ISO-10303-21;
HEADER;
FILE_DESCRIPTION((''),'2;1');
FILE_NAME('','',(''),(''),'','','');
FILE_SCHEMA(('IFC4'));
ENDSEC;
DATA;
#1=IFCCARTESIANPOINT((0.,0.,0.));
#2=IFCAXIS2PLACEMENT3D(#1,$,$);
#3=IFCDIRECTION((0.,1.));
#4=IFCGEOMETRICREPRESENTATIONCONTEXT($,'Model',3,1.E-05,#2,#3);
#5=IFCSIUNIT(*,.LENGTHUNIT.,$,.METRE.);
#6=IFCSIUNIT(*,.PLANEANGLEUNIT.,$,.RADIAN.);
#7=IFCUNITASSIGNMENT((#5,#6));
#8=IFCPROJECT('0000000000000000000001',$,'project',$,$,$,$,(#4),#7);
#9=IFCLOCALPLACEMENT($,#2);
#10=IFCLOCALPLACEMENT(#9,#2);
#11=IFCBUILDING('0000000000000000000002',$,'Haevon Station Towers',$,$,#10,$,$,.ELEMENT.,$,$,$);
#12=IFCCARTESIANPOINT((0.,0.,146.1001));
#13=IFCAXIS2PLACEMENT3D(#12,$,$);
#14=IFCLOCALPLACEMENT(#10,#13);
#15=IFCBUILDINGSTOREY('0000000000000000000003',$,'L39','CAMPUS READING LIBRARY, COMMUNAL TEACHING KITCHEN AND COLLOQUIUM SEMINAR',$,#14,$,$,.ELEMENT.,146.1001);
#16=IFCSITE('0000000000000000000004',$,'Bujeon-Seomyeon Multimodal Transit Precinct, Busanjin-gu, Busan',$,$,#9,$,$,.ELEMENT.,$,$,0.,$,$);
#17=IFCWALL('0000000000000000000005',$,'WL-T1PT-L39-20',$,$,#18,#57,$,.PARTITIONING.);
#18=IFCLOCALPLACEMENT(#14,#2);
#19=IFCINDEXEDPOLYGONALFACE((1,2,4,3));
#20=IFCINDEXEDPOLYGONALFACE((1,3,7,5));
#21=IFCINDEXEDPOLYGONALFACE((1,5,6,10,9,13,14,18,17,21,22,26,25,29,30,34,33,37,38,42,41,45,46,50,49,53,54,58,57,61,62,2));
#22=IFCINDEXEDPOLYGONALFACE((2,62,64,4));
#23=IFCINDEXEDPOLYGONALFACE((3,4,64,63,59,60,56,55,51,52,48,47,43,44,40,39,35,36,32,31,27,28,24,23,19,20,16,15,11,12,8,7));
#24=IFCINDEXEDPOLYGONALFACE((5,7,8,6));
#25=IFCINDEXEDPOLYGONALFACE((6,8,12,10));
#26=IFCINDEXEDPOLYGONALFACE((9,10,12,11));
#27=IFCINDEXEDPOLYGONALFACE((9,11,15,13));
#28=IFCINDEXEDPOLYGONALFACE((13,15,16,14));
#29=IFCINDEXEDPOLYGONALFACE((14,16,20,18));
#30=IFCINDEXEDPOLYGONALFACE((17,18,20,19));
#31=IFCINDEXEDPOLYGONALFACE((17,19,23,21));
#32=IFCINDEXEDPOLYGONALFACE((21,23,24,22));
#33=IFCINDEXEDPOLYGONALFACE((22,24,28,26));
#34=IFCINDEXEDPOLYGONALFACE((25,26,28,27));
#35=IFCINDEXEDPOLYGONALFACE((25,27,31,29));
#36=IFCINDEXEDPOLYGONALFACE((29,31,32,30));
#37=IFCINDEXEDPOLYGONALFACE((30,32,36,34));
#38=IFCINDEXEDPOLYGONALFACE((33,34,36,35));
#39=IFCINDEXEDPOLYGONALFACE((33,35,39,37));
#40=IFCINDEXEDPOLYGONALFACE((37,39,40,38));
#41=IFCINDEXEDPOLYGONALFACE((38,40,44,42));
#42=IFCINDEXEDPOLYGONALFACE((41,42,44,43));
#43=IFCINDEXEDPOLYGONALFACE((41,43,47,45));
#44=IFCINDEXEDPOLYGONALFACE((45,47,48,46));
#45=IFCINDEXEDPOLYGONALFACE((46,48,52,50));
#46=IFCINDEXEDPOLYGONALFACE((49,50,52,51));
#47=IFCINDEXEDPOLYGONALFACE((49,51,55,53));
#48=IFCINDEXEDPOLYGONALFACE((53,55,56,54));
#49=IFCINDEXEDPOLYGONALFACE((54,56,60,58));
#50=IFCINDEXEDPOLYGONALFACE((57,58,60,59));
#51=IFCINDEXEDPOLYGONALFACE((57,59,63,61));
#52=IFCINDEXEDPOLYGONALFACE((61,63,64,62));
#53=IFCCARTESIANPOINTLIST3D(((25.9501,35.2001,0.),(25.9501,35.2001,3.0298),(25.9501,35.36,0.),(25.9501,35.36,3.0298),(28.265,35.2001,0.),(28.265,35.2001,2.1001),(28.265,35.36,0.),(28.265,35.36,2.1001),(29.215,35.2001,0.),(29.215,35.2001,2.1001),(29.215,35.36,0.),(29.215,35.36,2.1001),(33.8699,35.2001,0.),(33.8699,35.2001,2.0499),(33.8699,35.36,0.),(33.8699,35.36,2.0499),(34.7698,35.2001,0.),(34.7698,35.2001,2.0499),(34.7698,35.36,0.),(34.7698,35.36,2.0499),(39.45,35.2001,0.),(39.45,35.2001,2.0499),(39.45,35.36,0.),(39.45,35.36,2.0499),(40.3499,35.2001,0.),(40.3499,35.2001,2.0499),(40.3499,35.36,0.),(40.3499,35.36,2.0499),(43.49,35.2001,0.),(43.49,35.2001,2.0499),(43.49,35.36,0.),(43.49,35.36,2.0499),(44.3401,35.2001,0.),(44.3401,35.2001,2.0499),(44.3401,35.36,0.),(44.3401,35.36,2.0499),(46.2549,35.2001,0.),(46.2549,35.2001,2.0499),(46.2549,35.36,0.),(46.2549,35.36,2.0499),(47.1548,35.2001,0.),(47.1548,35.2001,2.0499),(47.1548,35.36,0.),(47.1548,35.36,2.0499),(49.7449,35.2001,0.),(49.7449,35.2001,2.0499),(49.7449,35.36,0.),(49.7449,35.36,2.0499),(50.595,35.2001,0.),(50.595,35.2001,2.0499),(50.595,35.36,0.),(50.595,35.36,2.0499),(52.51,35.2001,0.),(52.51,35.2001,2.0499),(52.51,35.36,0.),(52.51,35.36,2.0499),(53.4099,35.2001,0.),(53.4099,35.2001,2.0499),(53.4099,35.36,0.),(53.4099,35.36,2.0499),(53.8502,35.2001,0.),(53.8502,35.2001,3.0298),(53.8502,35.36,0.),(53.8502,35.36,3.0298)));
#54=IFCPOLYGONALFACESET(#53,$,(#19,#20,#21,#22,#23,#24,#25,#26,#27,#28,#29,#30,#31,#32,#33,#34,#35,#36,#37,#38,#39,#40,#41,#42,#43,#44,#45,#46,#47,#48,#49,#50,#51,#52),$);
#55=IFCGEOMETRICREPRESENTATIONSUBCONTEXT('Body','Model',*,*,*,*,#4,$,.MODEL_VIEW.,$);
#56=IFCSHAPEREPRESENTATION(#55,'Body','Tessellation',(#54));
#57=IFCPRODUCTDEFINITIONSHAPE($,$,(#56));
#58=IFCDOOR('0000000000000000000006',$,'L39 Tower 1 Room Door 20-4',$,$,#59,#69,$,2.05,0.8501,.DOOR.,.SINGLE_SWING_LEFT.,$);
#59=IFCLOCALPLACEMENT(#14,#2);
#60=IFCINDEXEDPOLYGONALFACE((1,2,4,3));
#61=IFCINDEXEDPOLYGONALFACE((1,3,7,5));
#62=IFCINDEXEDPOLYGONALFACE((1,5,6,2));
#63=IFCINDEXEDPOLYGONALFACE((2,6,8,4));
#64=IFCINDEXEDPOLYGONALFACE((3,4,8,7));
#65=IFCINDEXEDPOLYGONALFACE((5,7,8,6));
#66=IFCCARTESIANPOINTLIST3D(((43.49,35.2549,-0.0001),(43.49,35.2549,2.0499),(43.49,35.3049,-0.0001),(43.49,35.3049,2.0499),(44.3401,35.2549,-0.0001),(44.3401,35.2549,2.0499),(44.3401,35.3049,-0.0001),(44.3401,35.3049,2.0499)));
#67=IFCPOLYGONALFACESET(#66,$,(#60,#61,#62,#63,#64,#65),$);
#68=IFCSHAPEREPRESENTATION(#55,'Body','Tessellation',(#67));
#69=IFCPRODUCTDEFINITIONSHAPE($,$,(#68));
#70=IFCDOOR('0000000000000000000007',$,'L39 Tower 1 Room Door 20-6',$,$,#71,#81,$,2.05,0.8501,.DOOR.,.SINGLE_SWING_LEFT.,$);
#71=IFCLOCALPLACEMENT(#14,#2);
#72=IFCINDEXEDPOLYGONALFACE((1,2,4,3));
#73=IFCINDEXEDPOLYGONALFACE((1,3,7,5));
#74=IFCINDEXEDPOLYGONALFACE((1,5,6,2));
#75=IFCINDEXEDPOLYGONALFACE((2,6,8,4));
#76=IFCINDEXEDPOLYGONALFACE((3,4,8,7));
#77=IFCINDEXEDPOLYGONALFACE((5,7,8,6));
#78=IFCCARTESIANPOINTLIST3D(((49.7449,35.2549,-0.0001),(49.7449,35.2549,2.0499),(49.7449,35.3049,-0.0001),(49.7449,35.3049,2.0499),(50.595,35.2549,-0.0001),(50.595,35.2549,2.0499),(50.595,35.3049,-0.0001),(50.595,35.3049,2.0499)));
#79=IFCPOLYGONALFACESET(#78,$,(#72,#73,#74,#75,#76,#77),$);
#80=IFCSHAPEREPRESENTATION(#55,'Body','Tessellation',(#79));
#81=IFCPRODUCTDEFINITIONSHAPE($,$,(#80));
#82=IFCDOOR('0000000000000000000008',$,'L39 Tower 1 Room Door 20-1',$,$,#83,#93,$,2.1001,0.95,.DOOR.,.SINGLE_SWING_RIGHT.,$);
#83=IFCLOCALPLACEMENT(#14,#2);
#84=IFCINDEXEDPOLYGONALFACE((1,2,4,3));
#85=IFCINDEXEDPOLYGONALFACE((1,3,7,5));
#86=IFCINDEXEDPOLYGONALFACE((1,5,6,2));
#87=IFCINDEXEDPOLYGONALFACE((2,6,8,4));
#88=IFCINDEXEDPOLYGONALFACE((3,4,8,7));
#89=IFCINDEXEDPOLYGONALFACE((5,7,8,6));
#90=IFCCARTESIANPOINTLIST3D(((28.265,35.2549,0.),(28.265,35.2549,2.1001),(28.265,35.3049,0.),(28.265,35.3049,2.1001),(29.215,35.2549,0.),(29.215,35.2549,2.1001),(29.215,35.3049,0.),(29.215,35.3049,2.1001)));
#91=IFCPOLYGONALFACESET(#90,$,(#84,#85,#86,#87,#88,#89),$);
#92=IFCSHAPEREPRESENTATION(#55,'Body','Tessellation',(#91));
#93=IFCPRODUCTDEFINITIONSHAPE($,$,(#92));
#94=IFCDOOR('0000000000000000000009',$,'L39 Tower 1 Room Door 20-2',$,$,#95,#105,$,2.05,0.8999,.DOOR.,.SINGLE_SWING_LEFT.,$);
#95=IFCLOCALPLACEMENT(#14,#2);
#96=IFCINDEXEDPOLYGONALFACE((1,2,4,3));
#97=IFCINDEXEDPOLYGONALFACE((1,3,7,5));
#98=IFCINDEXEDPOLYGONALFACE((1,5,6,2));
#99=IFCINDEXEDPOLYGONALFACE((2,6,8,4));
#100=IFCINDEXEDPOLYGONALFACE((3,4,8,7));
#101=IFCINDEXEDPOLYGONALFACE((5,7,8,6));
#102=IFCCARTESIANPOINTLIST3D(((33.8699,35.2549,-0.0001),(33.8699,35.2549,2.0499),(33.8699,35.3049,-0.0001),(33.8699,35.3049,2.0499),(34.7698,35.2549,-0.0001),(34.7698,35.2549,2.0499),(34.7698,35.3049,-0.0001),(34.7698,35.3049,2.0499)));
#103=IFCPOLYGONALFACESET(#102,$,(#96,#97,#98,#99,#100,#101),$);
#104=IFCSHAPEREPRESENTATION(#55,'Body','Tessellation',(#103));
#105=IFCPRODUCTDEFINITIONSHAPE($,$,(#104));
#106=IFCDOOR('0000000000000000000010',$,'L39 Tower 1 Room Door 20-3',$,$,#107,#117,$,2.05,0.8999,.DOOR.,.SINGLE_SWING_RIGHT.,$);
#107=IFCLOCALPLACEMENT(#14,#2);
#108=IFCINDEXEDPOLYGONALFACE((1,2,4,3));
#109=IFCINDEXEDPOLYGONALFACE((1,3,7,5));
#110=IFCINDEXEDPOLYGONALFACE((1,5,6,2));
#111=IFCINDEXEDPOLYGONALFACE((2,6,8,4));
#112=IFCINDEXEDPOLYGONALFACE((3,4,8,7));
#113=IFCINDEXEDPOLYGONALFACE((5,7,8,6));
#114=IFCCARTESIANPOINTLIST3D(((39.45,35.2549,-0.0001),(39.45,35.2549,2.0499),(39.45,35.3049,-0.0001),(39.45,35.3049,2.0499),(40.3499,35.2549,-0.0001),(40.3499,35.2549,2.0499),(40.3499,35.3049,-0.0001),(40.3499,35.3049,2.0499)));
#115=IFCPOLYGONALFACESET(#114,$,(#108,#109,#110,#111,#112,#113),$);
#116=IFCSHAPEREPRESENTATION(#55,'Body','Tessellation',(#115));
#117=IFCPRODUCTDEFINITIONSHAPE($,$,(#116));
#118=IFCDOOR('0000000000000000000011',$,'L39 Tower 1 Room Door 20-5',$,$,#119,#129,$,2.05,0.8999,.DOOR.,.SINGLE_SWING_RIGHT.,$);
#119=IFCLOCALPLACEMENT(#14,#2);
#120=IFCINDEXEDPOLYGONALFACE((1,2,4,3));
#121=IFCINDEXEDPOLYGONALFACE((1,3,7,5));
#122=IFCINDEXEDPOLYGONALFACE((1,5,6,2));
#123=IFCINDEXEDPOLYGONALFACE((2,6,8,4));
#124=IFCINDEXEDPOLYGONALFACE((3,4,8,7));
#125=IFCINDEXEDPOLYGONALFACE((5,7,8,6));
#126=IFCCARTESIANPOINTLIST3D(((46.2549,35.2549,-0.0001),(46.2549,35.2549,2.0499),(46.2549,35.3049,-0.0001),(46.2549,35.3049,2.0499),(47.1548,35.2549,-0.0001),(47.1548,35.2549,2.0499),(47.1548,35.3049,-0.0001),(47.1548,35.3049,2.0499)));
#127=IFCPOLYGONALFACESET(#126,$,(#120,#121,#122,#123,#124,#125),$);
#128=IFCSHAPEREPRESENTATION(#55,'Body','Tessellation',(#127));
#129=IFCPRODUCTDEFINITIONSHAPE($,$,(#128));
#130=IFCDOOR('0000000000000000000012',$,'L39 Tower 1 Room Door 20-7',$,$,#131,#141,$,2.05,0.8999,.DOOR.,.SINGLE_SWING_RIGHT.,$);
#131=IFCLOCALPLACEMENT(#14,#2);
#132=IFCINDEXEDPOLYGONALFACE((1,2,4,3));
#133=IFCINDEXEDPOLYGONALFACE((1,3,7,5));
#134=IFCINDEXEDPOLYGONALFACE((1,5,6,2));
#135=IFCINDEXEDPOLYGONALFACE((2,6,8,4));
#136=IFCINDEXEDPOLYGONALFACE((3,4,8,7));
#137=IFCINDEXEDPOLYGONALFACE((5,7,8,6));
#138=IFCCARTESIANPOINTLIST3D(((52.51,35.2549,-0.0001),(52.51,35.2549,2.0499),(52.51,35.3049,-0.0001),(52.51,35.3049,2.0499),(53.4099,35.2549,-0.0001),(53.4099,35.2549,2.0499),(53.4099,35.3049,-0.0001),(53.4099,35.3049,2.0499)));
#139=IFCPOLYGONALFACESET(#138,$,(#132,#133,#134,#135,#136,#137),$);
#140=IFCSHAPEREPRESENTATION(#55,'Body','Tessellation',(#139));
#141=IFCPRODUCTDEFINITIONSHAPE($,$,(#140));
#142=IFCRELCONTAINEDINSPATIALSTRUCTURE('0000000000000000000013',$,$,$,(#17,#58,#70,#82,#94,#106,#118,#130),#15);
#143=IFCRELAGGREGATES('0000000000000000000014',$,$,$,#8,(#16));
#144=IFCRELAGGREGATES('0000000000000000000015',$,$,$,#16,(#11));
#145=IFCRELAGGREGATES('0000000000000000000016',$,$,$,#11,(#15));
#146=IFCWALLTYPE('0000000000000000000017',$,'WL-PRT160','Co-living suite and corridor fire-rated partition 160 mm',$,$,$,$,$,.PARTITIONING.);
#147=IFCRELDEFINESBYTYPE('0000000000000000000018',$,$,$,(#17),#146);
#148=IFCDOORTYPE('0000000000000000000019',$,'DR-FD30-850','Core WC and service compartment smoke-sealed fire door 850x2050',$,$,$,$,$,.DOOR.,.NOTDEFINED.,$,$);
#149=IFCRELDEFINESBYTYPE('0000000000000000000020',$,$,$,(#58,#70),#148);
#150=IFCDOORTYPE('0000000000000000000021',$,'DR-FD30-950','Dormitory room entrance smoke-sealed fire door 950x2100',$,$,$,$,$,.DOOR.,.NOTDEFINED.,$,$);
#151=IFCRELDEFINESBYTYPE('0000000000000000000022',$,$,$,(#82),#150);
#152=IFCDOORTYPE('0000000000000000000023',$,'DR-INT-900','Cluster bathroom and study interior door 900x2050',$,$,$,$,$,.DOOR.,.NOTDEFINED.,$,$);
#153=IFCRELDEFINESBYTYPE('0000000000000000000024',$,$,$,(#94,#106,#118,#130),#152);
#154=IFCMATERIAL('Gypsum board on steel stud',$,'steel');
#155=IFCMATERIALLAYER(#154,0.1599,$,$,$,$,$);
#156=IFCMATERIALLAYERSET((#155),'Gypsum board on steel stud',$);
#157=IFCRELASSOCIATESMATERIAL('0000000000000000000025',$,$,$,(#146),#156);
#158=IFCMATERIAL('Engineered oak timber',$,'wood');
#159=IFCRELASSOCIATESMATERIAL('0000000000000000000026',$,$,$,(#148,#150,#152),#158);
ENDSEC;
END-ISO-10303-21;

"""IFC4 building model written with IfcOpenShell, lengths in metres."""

from ifc_helpers import new_model, si_unit, direction, frame, frame_2d, origin, place, context, subcontext, project, spatial, rectangle, extrude, material, layer, layer_set, type_object, element, fill, save


model = new_model("IFC4")

# Units and contexts
model_context = context("Model", 3, precision=1e-05, world=origin(), true_north=direction((0.0, 1.0)))
body_context = subcontext(model_context, "Body", "Model", "MODEL_VIEW")
ifc_project = project(units=[si_unit("LENGTHUNIT", "METRE"), si_unit("PLANEANGLEUNIT", "RADIAN")], contexts=[model_context])

# Site, building, storey
site_placement = place(None, origin())
site = spatial("IfcSite", under=ifc_project, at=site_placement, Name="Bujeon-Seomyeon Multimodal Transit Precinct, Busanjin-gu, Busan", CompositionType="ELEMENT", RefElevation=0.0)
building_placement = place(site_placement, origin())
building = spatial("IfcBuilding", under=site, at=building_placement, Name="Haevon Station Towers", CompositionType="ELEMENT")
storey_placement = place(building_placement, frame((0.0, 0.0, 146.1001)))
storey = spatial("IfcBuildingStorey", under=building, at=storey_placement, Name="L39", Description="CAMPUS READING LIBRARY, COMMUNAL TEACHING KITCHEN AND COLLOQUIUM SEMINAR", CompositionType="ELEMENT", Elevation=146.1001)

# Shared definitions
ifc_material_1 = material(Name="Gypsum board on steel stud", Category="steel")
ifc_material_2 = material(Name="Engineered oak timber", Category="wood")

# Wall, openings, doors
ifc_layer_1 = layer(ifc_material_1, 0.1599)
ifc_layer_set_1 = layer_set([ifc_layer_1], Name="Gypsum board on steel stud")
wall_type_1 = type_object("IfcWallType", Name="WL-PRT160", Description="Co-living suite and corridor fire-rated partition 160 mm", PredefinedType="PARTITIONING", material=ifc_layer_set_1)
wall_1_placement = place(storey_placement, frame((25.95, 35.28, 0.0), z_axis=(0.0, 0.0, 1.0), x_axis=(1.0, 0.0, 0.0)))
wall_1 = element("IfcWall", 1, at=wall_1_placement, inside=storey, type_object=wall_type_1, Name="WL-T1PT-L39-20", PredefinedType="PARTITIONING", context=body_context, shape_type="SweptSolid", body=[
    extrude(rectangle(XDim=27.9001, YDim=0.1599, at=frame_2d((13.9502, 0.0))), origin(), (0.0, 0.0, 1.0), 3.0298),
])
opening_1_placement = place(wall_1_placement, frame((2.3149, 0.0, 0.0)))
opening_1 = element("IfcOpeningElement", 2, at=opening_1_placement, cuts=wall_1, PredefinedType="OPENING", context=body_context, shape_type="SweptSolid", body=[
    extrude(rectangle(XDim=0.95, YDim=2.1001, at=frame_2d((0.4751, 1.05))), frame((0.0, 0.0898, 0.0), z_axis=(0.0, -1.0, 0.0), x_axis=(1.0, 0.0, 0.0)), (0.0, 0.0, 1.0), 0.1799),
])
opening_2_placement = place(wall_1_placement, frame((7.9199, 0.0, 0.0)))
opening_2 = element("IfcOpeningElement", 3, at=opening_2_placement, cuts=wall_1, PredefinedType="OPENING", context=body_context, shape_type="SweptSolid", body=[
    extrude(rectangle(XDim=0.8999, YDim=2.05, at=frame_2d((0.45, 1.0249))), frame((0.0, 0.0898, 0.0), z_axis=(0.0, -1.0, 0.0), x_axis=(1.0, 0.0, 0.0)), (0.0, 0.0, 1.0), 0.1799),
])
opening_3_placement = place(wall_1_placement, frame((13.5, 0.0, 0.0)))
opening_3 = element("IfcOpeningElement", 4, at=opening_3_placement, cuts=wall_1, PredefinedType="OPENING", context=body_context, shape_type="SweptSolid", body=[
    extrude(rectangle(XDim=0.8999, YDim=2.05, at=frame_2d((0.45, 1.0249))), frame((0.0, 0.0898, 0.0), z_axis=(0.0, -1.0, 0.0), x_axis=(1.0, 0.0, 0.0)), (0.0, 0.0, 1.0), 0.1799),
])
opening_4_placement = place(wall_1_placement, frame((17.54, 0.0, 0.0)))
opening_4 = element("IfcOpeningElement", 5, at=opening_4_placement, cuts=wall_1, PredefinedType="OPENING", context=body_context, shape_type="SweptSolid", body=[
    extrude(rectangle(XDim=0.8501, YDim=2.05, at=frame_2d((0.425, 1.0249))), frame((0.0, 0.0898, 0.0), z_axis=(0.0, -1.0, 0.0), x_axis=(1.0, 0.0, 0.0)), (0.0, 0.0, 1.0), 0.1799),
])
opening_5_placement = place(wall_1_placement, frame((20.3049, 0.0, 0.0)))
opening_5 = element("IfcOpeningElement", 6, at=opening_5_placement, cuts=wall_1, PredefinedType="OPENING", context=body_context, shape_type="SweptSolid", body=[
    extrude(rectangle(XDim=0.8999, YDim=2.05, at=frame_2d((0.45, 1.0249))), frame((0.0, 0.0898, 0.0), z_axis=(0.0, -1.0, 0.0), x_axis=(1.0, 0.0, 0.0)), (0.0, 0.0, 1.0), 0.1799),
])
opening_6_placement = place(wall_1_placement, frame((23.7949, 0.0, 0.0)))
opening_6 = element("IfcOpeningElement", 7, at=opening_6_placement, cuts=wall_1, PredefinedType="OPENING", context=body_context, shape_type="SweptSolid", body=[
    extrude(rectangle(XDim=0.8501, YDim=2.05, at=frame_2d((0.425, 1.0249))), frame((0.0, 0.0898, 0.0), z_axis=(0.0, -1.0, 0.0), x_axis=(1.0, 0.0, 0.0)), (0.0, 0.0, 1.0), 0.1799),
])
opening_7_placement = place(wall_1_placement, frame((26.5601, 0.0, 0.0)))
opening_7 = element("IfcOpeningElement", 8, at=opening_7_placement, cuts=wall_1, PredefinedType="OPENING", context=body_context, shape_type="SweptSolid", body=[
    extrude(rectangle(XDim=0.8999, YDim=2.05, at=frame_2d((0.45, 1.0249))), frame((0.0, 0.0898, 0.0), z_axis=(0.0, -1.0, 0.0), x_axis=(1.0, 0.0, 0.0)), (0.0, 0.0, 1.0), 0.1799),
])
door_type_1 = type_object("IfcDoorType", Name="DR-FD30-850", Description="Core WC and service compartment smoke-sealed fire door 850x2050", OperationType="NOTDEFINED", PredefinedType="DOOR", material=ifc_material_2)
door_1_placement = place(opening_4_placement, origin())
door_1 = element("IfcDoor", 9, at=door_1_placement, inside=storey, type_object=door_type_1, Name="L39 Tower 1 Room Door 20-4", OperationType="SINGLE_SWING_LEFT", OverallHeight=2.05, OverallWidth=0.8501, PredefinedType="DOOR", context=body_context, shape_type="SweptSolid", body=[
    extrude(rectangle(XDim=0.8501, YDim=2.05, at=frame_2d((0.425, 1.0249))), frame((0.0, 0.0249, 0.0), z_axis=(0.0, -1.0, 0.0), x_axis=(1.0, 0.0, 0.0)), (0.0, 0.0, 1.0), 0.05),
])
fill(opening_4, door_1)
door_2_placement = place(opening_6_placement, origin())
door_2 = element("IfcDoor", 10, at=door_2_placement, inside=storey, type_object=door_type_1, Name="L39 Tower 1 Room Door 20-6", OperationType="SINGLE_SWING_LEFT", OverallHeight=2.05, OverallWidth=0.8501, PredefinedType="DOOR", context=body_context, shape_type="SweptSolid", body=[
    extrude(rectangle(XDim=0.8501, YDim=2.05, at=frame_2d((0.425, 1.0249))), frame((0.0, 0.0249, 0.0), z_axis=(0.0, -1.0, 0.0), x_axis=(1.0, 0.0, 0.0)), (0.0, 0.0, 1.0), 0.05),
])
fill(opening_6, door_2)
door_type_2 = type_object("IfcDoorType", Name="DR-FD30-950", Description="Dormitory room entrance smoke-sealed fire door 950x2100", OperationType="NOTDEFINED", PredefinedType="DOOR", material=ifc_material_2)
door_3_placement = place(opening_1_placement, origin())
door_3 = element("IfcDoor", 11, at=door_3_placement, inside=storey, type_object=door_type_2, Name="L39 Tower 1 Room Door 20-1", OperationType="SINGLE_SWING_RIGHT", OverallHeight=2.1001, OverallWidth=0.95, PredefinedType="DOOR", context=body_context, shape_type="SweptSolid", body=[
    extrude(rectangle(XDim=0.95, YDim=2.1001, at=frame_2d((0.4751, 1.05))), frame((0.0, 0.0249, 0.0), z_axis=(0.0, -1.0, 0.0), x_axis=(1.0, 0.0, 0.0)), (0.0, 0.0, 1.0), 0.05),
])
fill(opening_1, door_3)
door_type_3 = type_object("IfcDoorType", Name="DR-INT-900", Description="Cluster bathroom and study interior door 900x2050", OperationType="NOTDEFINED", PredefinedType="DOOR", material=ifc_material_2)
door_4_placement = place(opening_2_placement, origin())
door_4 = element("IfcDoor", 12, at=door_4_placement, inside=storey, type_object=door_type_3, Name="L39 Tower 1 Room Door 20-2", OperationType="SINGLE_SWING_LEFT", OverallHeight=2.05, OverallWidth=0.8999, PredefinedType="DOOR", context=body_context, shape_type="SweptSolid", body=[
    extrude(rectangle(XDim=0.8999, YDim=2.05, at=frame_2d((0.45, 1.0249))), frame((0.0, 0.0249, 0.0), z_axis=(0.0, -1.0, 0.0), x_axis=(1.0, 0.0, 0.0)), (0.0, 0.0, 1.0), 0.05),
])
fill(opening_2, door_4)
door_5_placement = place(opening_3_placement, origin())
door_5 = element("IfcDoor", 13, at=door_5_placement, inside=storey, type_object=door_type_3, Name="L39 Tower 1 Room Door 20-3", OperationType="SINGLE_SWING_RIGHT", OverallHeight=2.05, OverallWidth=0.8999, PredefinedType="DOOR", context=body_context, shape_type="SweptSolid", body=[
    extrude(rectangle(XDim=0.8999, YDim=2.05, at=frame_2d((0.45, 1.0249))), frame((0.0, 0.0249, 0.0), z_axis=(0.0, -1.0, 0.0), x_axis=(1.0, 0.0, 0.0)), (0.0, 0.0, 1.0), 0.05),
])
fill(opening_3, door_5)
door_6_placement = place(opening_5_placement, origin())
door_6 = element("IfcDoor", 14, at=door_6_placement, inside=storey, type_object=door_type_3, Name="L39 Tower 1 Room Door 20-5", OperationType="SINGLE_SWING_RIGHT", OverallHeight=2.05, OverallWidth=0.8999, PredefinedType="DOOR", context=body_context, shape_type="SweptSolid", body=[
    extrude(rectangle(XDim=0.8999, YDim=2.05, at=frame_2d((0.45, 1.0249))), frame((0.0, 0.0249, 0.0), z_axis=(0.0, -1.0, 0.0), x_axis=(1.0, 0.0, 0.0)), (0.0, 0.0, 1.0), 0.05),
])
fill(opening_5, door_6)
door_7_placement = place(opening_7_placement, origin())
door_7 = element("IfcDoor", 15, at=door_7_placement, inside=storey, type_object=door_type_3, Name="L39 Tower 1 Room Door 20-7", OperationType="SINGLE_SWING_RIGHT", OverallHeight=2.05, OverallWidth=0.8999, PredefinedType="DOOR", context=body_context, shape_type="SweptSolid", body=[
    extrude(rectangle(XDim=0.8999, YDim=2.05, at=frame_2d((0.45, 1.0249))), frame((0.0, 0.0249, 0.0), z_axis=(0.0, -1.0, 0.0), x_axis=(1.0, 0.0, 0.0)), (0.0, 0.0, 1.0), 0.05),
])
fill(opening_7, door_7)

save(model, "model.ifc")
